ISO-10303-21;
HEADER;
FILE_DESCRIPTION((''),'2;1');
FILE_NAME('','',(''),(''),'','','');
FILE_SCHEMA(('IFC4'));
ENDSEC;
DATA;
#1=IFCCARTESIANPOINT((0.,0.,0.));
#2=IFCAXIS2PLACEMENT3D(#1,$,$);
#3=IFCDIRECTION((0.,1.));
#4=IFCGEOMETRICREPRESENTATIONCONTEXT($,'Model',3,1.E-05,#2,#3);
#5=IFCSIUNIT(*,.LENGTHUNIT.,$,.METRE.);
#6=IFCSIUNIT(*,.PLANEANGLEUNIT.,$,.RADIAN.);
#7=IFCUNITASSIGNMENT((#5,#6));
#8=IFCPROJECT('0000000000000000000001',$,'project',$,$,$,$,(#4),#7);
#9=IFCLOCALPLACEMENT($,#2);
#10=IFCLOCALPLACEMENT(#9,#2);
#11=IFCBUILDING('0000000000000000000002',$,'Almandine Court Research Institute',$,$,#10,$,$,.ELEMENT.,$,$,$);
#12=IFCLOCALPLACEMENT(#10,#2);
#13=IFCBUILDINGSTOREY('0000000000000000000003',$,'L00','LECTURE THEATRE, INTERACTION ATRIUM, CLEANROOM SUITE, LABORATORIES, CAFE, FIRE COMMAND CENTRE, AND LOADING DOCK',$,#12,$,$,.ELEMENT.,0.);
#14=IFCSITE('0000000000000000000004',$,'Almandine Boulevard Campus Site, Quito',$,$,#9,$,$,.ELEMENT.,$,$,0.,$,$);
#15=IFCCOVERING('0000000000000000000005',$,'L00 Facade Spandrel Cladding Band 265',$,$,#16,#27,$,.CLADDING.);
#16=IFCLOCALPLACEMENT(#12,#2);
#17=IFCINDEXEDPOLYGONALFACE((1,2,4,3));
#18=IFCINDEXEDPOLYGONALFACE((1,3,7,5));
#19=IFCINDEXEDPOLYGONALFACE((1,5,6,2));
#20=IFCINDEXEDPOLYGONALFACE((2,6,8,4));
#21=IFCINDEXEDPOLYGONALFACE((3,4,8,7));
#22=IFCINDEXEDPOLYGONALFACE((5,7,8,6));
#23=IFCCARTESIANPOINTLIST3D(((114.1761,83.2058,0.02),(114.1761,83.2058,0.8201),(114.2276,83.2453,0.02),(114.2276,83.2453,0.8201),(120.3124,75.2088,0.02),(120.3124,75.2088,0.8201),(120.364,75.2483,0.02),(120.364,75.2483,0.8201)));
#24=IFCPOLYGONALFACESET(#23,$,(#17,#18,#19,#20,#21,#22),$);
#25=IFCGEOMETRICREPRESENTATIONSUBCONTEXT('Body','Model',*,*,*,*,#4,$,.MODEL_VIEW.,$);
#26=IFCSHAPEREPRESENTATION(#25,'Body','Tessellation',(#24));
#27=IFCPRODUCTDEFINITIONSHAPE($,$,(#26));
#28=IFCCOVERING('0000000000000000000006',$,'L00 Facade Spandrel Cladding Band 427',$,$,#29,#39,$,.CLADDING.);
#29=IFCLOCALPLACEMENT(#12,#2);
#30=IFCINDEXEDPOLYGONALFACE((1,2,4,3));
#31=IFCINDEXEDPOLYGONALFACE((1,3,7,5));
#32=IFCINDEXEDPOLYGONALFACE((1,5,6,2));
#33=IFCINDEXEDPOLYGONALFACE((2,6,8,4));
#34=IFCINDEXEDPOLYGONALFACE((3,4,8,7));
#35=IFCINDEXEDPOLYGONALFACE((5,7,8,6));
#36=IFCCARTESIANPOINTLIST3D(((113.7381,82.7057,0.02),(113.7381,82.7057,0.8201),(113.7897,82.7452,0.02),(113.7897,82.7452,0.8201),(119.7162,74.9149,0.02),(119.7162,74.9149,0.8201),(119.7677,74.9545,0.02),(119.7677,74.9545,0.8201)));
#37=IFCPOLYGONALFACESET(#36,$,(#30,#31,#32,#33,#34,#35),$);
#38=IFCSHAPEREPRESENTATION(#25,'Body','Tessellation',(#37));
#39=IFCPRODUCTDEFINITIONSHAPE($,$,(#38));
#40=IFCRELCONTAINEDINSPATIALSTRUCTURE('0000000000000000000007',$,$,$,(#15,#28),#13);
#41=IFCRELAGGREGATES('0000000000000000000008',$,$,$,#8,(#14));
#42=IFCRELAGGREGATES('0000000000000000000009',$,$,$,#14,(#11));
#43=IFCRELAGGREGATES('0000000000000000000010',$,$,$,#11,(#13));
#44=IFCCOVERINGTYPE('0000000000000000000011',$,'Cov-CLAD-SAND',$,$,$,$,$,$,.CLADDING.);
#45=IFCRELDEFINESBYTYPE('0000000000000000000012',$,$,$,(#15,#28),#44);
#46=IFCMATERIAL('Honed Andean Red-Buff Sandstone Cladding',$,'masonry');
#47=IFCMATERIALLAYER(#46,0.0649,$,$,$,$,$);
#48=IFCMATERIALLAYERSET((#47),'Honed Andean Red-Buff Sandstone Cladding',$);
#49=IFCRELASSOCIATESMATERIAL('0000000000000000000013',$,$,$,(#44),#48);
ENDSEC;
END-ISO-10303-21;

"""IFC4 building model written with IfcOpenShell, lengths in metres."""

from ifc_helpers import new_model, si_unit, direction, frame, origin, origin_2d, place, context, subcontext, project, spatial, rectangle, extrude, material, layer, layer_set, type_object, element, save


model = new_model("IFC4")

# Units and contexts
model_context = context("Model", 3, precision=1e-05, world=origin(), true_north=direction((0.0, 1.0)))
body_context = subcontext(model_context, "Body", "Model", "MODEL_VIEW")
ifc_project = project(units=[si_unit("LENGTHUNIT", "METRE"), si_unit("PLANEANGLEUNIT", "RADIAN")], contexts=[model_context])

# Site, building, storey
site_placement = place(None, origin())
site = spatial("IfcSite", under=ifc_project, at=site_placement, Name="Almandine Boulevard Campus Site, Quito", CompositionType="ELEMENT", RefElevation=0.0)
building_placement = place(site_placement, origin())
building = spatial("IfcBuilding", under=site, at=building_placement, Name="Almandine Court Research Institute", CompositionType="ELEMENT")
storey_placement = place(building_placement, origin())
storey = spatial("IfcBuildingStorey", under=building, at=storey_placement, Name="L00", Description="LECTURE THEATRE, INTERACTION ATRIUM, CLEANROOM SUITE, LABORATORIES, CAFE, FIRE COMMAND CENTRE, AND LOADING DOCK", CompositionType="ELEMENT", Elevation=0.0)

# Coverings
ifc_material_1 = material(Name="Honed Andean Red-Buff Sandstone Cladding", Category="masonry")
ifc_layer_1 = layer(ifc_material_1, 0.0649)
ifc_layer_set_1 = layer_set([ifc_layer_1], Name="Honed Andean Red-Buff Sandstone Cladding")
covering_type = type_object("IfcCoveringType", Name="Cov-CLAD-SAND", PredefinedType="CLADDING", material=ifc_layer_set_1)
covering_1_placement = place(storey_placement, frame((117.27, 79.2271, 0.02), z_axis=(0.0, 0.0, 1.0), x_axis=(-0.608761, 0.793353, 0.0)))
element("IfcCovering", 1, at=covering_1_placement, inside=storey, type_object=covering_type, Name="L00 Facade Spandrel Cladding Band 265", PredefinedType="CLADDING", context=body_context, shape_type="SweptSolid", body=[
    extrude(rectangle(XDim=10.0801, YDim=0.0649, at=origin_2d()), origin(), (0.0, 0.0, 1.0), 0.8),
])
covering_2_placement = place(storey_placement, frame((116.7529, 78.8301, 0.02), z_axis=(0.0, 0.0, 1.0), x_axis=(0.608761, -0.793353, 0.0)))
element("IfcCovering", 2, at=covering_2_placement, inside=storey, type_object=covering_type, Name="L00 Facade Spandrel Cladding Band 427", PredefinedType="CLADDING", context=body_context, shape_type="SweptSolid", body=[
    extrude(rectangle(XDim=9.8201, YDim=0.0649, at=origin_2d()), origin(), (0.0, 0.0, 1.0), 0.8),
])

save(model, "model.ifc")
